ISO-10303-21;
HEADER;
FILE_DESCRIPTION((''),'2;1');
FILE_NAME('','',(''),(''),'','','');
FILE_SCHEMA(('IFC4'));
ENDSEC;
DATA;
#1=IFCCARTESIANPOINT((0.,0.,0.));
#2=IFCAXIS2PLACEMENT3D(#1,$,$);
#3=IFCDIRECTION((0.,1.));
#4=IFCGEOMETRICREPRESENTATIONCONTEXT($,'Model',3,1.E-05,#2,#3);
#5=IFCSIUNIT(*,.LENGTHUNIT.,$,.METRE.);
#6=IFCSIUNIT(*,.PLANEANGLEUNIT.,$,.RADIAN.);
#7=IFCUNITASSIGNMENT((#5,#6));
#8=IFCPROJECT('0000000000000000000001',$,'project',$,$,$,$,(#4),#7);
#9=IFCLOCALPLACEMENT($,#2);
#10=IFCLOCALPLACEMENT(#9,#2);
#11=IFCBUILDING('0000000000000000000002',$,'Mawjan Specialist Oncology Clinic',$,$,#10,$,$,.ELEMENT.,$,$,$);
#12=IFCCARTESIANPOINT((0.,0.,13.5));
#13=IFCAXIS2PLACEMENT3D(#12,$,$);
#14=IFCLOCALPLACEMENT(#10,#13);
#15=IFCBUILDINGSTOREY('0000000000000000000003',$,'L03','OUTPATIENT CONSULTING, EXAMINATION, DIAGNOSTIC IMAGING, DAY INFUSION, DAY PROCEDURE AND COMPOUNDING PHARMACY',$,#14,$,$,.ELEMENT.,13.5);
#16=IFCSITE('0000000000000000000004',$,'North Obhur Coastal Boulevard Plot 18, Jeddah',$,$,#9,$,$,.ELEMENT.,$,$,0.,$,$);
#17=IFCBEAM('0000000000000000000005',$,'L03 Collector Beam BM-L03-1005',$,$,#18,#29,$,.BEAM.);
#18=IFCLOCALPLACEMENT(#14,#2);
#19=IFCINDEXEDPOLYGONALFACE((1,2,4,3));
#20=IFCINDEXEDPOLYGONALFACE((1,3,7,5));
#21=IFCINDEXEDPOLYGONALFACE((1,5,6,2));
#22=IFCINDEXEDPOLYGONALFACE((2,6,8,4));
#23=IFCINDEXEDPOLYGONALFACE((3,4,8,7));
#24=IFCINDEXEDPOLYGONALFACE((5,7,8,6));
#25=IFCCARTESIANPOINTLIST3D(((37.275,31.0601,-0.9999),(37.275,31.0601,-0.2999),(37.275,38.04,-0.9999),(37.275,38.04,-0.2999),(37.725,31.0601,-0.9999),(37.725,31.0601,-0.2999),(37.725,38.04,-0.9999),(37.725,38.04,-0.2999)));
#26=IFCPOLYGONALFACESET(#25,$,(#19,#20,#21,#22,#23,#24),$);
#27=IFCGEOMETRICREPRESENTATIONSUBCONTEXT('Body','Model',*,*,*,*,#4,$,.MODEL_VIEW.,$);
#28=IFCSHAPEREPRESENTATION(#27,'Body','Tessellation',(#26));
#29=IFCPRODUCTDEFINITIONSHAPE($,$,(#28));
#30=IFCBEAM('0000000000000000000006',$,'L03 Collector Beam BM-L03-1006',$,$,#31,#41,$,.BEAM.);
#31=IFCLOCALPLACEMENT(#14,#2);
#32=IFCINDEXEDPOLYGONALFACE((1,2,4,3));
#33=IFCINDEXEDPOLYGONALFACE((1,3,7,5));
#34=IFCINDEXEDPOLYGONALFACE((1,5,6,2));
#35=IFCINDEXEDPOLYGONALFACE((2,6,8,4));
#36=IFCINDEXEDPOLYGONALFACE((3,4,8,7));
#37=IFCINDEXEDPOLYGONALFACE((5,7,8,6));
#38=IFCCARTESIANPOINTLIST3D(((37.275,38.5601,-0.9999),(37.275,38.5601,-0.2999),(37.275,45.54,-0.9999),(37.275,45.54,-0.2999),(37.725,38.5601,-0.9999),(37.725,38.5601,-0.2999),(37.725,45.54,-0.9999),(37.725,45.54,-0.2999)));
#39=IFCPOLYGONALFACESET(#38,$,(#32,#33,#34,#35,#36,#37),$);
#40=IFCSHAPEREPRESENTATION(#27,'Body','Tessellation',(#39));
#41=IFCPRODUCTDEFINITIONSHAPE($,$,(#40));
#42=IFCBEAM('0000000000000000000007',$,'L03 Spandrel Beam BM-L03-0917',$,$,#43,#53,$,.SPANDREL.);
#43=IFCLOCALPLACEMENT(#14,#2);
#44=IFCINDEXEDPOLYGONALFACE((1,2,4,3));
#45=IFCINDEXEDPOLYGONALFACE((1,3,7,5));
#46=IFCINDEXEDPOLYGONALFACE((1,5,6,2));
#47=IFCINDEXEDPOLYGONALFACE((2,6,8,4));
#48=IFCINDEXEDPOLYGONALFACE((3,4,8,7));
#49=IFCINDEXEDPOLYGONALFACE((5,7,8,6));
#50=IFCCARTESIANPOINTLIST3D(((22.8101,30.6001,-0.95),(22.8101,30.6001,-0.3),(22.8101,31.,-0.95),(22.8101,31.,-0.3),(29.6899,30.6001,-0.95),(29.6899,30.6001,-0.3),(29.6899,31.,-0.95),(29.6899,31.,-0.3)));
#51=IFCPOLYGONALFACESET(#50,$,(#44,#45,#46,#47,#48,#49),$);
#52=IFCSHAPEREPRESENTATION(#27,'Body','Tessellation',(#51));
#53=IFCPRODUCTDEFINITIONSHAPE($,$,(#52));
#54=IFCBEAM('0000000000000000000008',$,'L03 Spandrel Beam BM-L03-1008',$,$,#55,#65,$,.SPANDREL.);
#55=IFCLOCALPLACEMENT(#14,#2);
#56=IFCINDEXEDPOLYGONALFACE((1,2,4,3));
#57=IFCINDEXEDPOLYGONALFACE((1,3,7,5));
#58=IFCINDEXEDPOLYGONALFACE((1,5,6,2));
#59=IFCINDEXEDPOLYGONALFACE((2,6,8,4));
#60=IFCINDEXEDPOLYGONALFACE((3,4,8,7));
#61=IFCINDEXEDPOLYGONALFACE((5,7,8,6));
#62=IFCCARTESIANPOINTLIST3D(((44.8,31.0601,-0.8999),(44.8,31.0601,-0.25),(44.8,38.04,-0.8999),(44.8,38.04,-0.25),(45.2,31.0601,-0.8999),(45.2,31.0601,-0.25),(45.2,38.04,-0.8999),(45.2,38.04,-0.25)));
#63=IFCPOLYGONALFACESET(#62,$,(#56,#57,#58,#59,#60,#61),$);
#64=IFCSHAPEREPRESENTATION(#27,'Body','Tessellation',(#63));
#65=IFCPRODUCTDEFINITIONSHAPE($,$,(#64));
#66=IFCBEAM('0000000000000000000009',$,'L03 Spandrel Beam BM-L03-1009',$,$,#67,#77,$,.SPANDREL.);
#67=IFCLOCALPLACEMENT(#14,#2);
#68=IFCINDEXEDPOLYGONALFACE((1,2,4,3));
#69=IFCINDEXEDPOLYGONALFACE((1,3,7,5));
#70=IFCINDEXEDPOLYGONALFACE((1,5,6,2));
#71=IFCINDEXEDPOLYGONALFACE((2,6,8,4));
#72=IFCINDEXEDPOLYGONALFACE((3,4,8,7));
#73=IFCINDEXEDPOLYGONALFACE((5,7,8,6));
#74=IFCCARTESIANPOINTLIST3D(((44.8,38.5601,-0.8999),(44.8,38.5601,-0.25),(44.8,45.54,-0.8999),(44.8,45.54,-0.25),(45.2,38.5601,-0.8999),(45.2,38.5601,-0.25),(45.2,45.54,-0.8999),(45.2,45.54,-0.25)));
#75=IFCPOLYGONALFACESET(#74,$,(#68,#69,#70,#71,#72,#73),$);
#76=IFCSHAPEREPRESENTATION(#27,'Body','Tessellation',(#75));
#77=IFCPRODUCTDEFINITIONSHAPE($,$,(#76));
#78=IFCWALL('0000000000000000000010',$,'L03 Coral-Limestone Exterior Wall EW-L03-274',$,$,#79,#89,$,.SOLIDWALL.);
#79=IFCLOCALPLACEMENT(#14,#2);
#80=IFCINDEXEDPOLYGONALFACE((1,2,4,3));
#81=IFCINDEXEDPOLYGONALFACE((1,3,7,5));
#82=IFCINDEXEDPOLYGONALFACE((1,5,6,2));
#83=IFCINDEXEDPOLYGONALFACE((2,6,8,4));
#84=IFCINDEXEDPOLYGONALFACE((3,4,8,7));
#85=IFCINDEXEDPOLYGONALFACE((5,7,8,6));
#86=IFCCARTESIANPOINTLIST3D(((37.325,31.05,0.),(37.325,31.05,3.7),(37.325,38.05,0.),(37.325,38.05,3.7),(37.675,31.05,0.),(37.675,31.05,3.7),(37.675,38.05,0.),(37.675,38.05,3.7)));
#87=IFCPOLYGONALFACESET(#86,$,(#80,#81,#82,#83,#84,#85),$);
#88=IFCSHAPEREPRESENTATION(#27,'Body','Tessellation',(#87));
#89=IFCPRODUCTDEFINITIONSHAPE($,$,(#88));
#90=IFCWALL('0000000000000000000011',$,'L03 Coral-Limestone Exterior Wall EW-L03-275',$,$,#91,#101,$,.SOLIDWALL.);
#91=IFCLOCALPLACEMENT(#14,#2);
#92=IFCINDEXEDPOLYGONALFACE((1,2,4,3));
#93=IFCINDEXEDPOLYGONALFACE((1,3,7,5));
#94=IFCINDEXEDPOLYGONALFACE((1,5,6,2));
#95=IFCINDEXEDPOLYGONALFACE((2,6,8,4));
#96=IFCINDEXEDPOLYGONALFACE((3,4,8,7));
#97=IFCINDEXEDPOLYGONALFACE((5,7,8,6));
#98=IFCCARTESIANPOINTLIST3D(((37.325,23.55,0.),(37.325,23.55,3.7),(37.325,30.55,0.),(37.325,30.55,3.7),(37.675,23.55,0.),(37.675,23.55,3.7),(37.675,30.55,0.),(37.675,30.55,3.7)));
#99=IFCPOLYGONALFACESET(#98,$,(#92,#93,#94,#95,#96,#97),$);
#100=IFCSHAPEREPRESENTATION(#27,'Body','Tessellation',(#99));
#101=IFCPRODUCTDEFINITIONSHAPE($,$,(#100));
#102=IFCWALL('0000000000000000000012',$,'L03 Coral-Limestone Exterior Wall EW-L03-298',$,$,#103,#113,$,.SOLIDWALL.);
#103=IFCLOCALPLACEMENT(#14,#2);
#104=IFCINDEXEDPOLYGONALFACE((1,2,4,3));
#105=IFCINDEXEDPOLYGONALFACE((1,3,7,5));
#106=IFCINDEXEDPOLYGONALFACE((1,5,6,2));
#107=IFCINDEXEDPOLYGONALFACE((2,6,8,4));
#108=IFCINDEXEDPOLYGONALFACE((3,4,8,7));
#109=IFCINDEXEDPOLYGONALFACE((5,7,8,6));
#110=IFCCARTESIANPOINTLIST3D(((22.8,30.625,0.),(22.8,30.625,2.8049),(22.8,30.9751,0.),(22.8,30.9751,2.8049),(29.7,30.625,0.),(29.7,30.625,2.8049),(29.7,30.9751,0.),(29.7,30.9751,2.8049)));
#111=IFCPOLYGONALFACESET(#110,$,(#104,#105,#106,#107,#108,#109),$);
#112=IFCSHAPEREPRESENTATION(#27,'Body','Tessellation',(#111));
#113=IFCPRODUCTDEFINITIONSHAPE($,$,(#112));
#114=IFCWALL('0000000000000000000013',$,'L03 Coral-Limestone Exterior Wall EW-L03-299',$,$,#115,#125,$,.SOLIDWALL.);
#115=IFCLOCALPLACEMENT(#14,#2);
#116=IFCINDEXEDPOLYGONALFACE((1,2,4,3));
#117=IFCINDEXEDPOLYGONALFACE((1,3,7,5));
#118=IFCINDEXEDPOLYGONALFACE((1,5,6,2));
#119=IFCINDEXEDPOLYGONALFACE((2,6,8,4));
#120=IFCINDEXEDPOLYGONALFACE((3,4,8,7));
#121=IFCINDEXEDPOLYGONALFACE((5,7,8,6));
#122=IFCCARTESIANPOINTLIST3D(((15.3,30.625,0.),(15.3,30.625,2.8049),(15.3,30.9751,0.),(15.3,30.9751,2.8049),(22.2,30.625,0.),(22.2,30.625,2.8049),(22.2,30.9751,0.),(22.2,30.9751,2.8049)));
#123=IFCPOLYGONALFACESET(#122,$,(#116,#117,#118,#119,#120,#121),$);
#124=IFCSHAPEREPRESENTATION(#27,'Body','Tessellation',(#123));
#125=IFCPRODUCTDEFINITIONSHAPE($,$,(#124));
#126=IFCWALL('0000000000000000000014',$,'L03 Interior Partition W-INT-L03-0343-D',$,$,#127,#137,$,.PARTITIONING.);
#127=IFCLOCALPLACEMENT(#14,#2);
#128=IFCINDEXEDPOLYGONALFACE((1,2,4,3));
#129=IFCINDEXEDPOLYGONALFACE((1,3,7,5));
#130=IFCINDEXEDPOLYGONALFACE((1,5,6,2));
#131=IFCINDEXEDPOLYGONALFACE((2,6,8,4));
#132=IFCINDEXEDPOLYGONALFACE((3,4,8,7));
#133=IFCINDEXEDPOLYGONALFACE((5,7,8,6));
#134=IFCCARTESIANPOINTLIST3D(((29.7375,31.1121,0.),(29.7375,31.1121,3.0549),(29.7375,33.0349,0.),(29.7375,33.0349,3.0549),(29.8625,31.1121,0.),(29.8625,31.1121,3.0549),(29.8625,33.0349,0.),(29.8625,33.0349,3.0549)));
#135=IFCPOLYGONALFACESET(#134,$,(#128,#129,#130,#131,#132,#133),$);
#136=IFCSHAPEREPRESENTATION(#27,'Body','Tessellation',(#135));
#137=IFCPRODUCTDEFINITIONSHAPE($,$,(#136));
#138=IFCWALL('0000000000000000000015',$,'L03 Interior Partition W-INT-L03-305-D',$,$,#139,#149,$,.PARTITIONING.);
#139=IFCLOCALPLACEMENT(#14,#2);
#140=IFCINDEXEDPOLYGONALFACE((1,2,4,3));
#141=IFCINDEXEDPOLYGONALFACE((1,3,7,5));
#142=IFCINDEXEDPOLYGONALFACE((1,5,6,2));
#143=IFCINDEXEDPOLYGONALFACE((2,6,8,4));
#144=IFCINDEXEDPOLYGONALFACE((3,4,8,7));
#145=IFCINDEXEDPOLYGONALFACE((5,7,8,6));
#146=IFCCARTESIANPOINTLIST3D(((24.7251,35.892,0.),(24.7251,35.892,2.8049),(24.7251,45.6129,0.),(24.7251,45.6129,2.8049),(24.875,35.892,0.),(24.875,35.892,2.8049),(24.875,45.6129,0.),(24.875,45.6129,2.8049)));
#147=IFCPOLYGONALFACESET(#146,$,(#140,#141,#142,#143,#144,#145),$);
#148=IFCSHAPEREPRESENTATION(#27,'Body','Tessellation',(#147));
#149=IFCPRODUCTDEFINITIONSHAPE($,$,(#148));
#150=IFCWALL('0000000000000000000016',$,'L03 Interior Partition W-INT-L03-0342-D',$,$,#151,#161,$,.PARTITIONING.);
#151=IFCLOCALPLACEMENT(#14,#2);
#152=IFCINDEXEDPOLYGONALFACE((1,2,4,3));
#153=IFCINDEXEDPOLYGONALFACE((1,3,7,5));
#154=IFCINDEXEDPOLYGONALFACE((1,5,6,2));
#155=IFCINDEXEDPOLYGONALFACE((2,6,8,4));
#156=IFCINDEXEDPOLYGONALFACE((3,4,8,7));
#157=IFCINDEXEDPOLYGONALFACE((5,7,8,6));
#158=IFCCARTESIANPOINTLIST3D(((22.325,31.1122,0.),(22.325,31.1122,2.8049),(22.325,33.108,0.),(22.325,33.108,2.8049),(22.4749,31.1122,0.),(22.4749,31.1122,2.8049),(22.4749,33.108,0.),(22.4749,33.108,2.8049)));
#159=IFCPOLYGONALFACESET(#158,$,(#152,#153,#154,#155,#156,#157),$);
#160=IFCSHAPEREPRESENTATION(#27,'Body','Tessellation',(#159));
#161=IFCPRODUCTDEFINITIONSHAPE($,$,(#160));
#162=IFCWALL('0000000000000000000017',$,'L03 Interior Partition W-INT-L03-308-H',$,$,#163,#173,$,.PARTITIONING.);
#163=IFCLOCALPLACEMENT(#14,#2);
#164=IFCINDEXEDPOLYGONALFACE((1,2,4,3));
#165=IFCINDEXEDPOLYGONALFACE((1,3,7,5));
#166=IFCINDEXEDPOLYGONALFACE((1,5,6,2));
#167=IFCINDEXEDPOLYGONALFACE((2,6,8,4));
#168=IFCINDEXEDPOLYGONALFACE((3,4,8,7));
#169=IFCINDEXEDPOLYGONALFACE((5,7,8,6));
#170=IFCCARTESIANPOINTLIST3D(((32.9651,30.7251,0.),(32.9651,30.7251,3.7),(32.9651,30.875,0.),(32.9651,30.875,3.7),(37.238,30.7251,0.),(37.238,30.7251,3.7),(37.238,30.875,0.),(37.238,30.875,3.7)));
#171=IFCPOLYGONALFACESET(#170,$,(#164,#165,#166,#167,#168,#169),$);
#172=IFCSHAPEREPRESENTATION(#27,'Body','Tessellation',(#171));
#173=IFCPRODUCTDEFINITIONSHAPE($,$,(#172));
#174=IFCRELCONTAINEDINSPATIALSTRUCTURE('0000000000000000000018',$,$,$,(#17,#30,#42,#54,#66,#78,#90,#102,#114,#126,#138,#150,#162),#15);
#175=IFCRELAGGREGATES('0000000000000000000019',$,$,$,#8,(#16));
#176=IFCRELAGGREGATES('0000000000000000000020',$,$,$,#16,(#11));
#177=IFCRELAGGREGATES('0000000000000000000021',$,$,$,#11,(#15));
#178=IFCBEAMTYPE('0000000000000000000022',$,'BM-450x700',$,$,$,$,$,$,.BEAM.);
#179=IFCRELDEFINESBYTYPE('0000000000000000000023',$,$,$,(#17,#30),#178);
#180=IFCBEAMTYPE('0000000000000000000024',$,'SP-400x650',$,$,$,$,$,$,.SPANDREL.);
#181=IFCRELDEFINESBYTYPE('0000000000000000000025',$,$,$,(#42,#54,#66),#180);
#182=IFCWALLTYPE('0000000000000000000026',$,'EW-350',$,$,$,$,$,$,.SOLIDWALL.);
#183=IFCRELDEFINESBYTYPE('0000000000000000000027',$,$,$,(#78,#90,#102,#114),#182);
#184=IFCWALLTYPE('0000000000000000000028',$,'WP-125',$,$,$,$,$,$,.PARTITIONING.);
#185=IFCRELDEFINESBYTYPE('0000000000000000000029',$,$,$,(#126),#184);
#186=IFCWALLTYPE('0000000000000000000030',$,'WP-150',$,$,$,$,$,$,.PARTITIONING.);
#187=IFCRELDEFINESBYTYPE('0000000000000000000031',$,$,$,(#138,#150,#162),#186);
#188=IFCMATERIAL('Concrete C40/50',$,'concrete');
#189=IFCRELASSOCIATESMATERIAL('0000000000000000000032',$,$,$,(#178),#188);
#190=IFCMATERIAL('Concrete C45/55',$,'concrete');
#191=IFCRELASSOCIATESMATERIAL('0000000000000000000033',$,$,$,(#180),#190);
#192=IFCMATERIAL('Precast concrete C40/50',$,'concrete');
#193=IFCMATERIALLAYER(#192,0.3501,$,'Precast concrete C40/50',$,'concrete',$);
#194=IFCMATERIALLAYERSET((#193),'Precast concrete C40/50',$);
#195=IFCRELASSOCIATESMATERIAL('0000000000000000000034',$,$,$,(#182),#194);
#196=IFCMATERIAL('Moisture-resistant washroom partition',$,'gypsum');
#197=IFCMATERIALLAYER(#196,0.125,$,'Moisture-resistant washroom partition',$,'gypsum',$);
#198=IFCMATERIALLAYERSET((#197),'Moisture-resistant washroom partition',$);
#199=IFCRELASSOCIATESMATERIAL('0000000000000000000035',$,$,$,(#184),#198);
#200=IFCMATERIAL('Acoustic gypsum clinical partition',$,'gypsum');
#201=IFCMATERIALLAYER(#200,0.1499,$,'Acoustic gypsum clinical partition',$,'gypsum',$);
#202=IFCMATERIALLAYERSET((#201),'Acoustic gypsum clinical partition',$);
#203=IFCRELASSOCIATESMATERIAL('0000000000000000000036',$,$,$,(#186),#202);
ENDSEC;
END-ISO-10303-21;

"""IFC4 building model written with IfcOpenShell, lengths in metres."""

from ifc_helpers import new_model, si_unit, direction, frame, frame_2d, origin, origin_2d, place, context, subcontext, project, spatial, rectangle, extrude, material, layer, layer_set, material_profile, profile_set, type_object, element, save


model = new_model("IFC4")

# Units and contexts
model_context = context("Model", 3, precision=1e-05, world=origin(), true_north=direction((0.0, 1.0)))
body_context = subcontext(model_context, "Body", "Model", "MODEL_VIEW")
ifc_project = project(units=[si_unit("LENGTHUNIT", "METRE"), si_unit("PLANEANGLEUNIT", "RADIAN")], contexts=[model_context])

# Site, building, storey
site_placement = place(None, origin())
site = spatial("IfcSite", under=ifc_project, at=site_placement, Name="North Obhur Coastal Boulevard Plot 18, Jeddah", CompositionType="ELEMENT", RefElevation=0.0)
building_placement = place(site_placement, origin())
building = spatial("IfcBuilding", under=site, at=building_placement, Name="Mawjan Specialist Oncology Clinic", CompositionType="ELEMENT")
storey_placement = place(building_placement, frame((0.0, 0.0, 13.5)))
storey = spatial("IfcBuildingStorey", under=building, at=storey_placement, Name="L03", Description="OUTPATIENT CONSULTING, EXAMINATION, DIAGNOSTIC IMAGING, DAY INFUSION, DAY PROCEDURE AND COMPOUNDING PHARMACY", CompositionType="ELEMENT", Elevation=13.5)

# Beams
ifc_material_1 = material(Name="Concrete C40/50", Category="concrete")
ifc_material_profile_1 = material_profile(ifc_material_1, rectangle(XDim=0.45, YDim=0.7, at=origin_2d()), Name="RC BM 450x700", Category="concrete")
ifc_profile_set_1 = profile_set([ifc_material_profile_1], Name="Concrete C40/50")
beam_type_1 = type_object("IfcBeamType", Name="BM-450x700", PredefinedType="BEAM", material=ifc_profile_set_1)
for number, where, z_axis, x_axis, name in (
    (1, (37.5, 31.0601, -0.6499), (0.0, 1.0, 0.0), (-1.0, 0.0, 0.0), "L03 Collector Beam BM-L03-1005"),
    (2, (37.5, 38.5601, -0.6499), (0.0, 1.0, 0.0), (-1.0, 0.0, 0.0), "L03 Collector Beam BM-L03-1006"),
):
    element("IfcBeam", number, at=place(storey_placement, frame(where, z_axis=z_axis, x_axis=x_axis)), inside=storey, type_object=beam_type_1, Name=name, PredefinedType="BEAM", context=body_context, shape_type="SweptSolid", body=[
        extrude(rectangle(XDim=0.45, YDim=0.7, at=origin_2d()), origin(), (0.0, 0.0, 1.0), 6.98),
    ])
ifc_material_2 = material(Name="Concrete C45/55", Category="concrete")
ifc_material_profile_2 = material_profile(ifc_material_2, rectangle(XDim=0.3999, YDim=0.6499, at=origin_2d()), Name="RC BM 400x650", Category="concrete")
ifc_profile_set_2 = profile_set([ifc_material_profile_2], Name="Concrete C45/55")
beam_type_2 = type_object("IfcBeamType", Name="SP-400x650", PredefinedType="SPANDREL", material=ifc_profile_set_2)
beam_1_placement = place(storey_placement, frame((22.8101, 30.8, -0.625), z_axis=(1.0, 0.0, 0.0), x_axis=(0.0, 1.0, 0.0)))
element("IfcBeam", 3, at=beam_1_placement, inside=storey, type_object=beam_type_2, Name="L03 Spandrel Beam BM-L03-0917", PredefinedType="SPANDREL", context=body_context, shape_type="SweptSolid", body=[
    extrude(rectangle(XDim=0.3999, YDim=0.6499, at=origin_2d()), origin(), (0.0, 0.0, 1.0), 6.8799),
])
for number, where, z_axis, x_axis, name in (
    (4, (45.0, 31.0601, -0.575), (0.0, 1.0, 0.0), (-1.0, 0.0, 0.0), "L03 Spandrel Beam BM-L03-1008"),
    (5, (45.0, 38.5601, -0.575), (0.0, 1.0, 0.0), (-1.0, 0.0, 0.0), "L03 Spandrel Beam BM-L03-1009"),
):
    element("IfcBeam", number, at=place(storey_placement, frame(where, z_axis=z_axis, x_axis=x_axis)), inside=storey, type_object=beam_type_2, Name=name, PredefinedType="SPANDREL", context=body_context, shape_type="SweptSolid", body=[
        extrude(rectangle(XDim=0.3999, YDim=0.6499, at=origin_2d()), origin(), (0.0, 0.0, 1.0), 6.98),
    ])

# Walls
ifc_material_3 = material(Name="Precast concrete C40/50", Category="concrete")
ifc_layer_1 = layer(ifc_material_3, 0.3501, Name="Precast concrete C40/50", Category="concrete")
ifc_layer_set_1 = layer_set([ifc_layer_1], Name="Precast concrete C40/50")
wall_type_1 = type_object("IfcWallType", Name="EW-350", PredefinedType="SOLIDWALL", material=ifc_layer_set_1)
for number, where, z_axis, x_axis, name in (
    (6, (37.5, 38.05, 0.0), (0.0, 0.0, 1.0), (0.0, -1.0, 0.0), "L03 Coral-Limestone Exterior Wall EW-L03-274"),
    (7, (37.5, 30.55, 0.0), (0.0, 0.0, 1.0), (0.0, -1.0, 0.0), "L03 Coral-Limestone Exterior Wall EW-L03-275"),
):
    element("IfcWall", number, at=place(storey_placement, frame(where, z_axis=z_axis, x_axis=x_axis)), inside=storey, type_object=wall_type_1, Name=name, PredefinedType="SOLIDWALL", context=body_context, shape_type="SweptSolid", body=[
        extrude(rectangle(XDim=7.0, YDim=0.3501, at=frame_2d((3.5, 0.0))), origin(), (0.0, 0.0, 1.0), 3.7),
    ])
for number, where, z_axis, x_axis, name in (
    (8, (29.7, 30.8, 0.0), (0.0, 0.0, 1.0), (-1.0, 0.0, 0.0), "L03 Coral-Limestone Exterior Wall EW-L03-298"),
    (9, (22.2, 30.8, 0.0), (0.0, 0.0, 1.0), (-1.0, 0.0, 0.0), "L03 Coral-Limestone Exterior Wall EW-L03-299"),
):
    element("IfcWall", number, at=place(storey_placement, frame(where, z_axis=z_axis, x_axis=x_axis)), inside=storey, type_object=wall_type_1, Name=name, PredefinedType="SOLIDWALL", context=body_context, shape_type="SweptSolid", body=[
        extrude(rectangle(XDim=6.8999, YDim=0.3501, at=frame_2d((3.45, 0.0))), origin(), (0.0, 0.0, 1.0), 2.8049),
    ])
ifc_material_4 = material(Name="Moisture-resistant washroom partition", Category="gypsum")
ifc_layer_2 = layer(ifc_material_4, 0.125, Name="Moisture-resistant washroom partition", Category="gypsum")
ifc_layer_set_2 = layer_set([ifc_layer_2], Name="Moisture-resistant washroom partition")
wall_type_2 = type_object("IfcWallType", Name="WP-125", PredefinedType="PARTITIONING", material=ifc_layer_set_2)
wall_1_placement = place(storey_placement, frame((29.8, 31.1121, 0.0), z_axis=(0.0, 0.0, 1.0), x_axis=(0.0, 1.0, 0.0)))
element("IfcWall", 10, at=wall_1_placement, inside=storey, type_object=wall_type_2, Name="L03 Interior Partition W-INT-L03-0343-D", PredefinedType="PARTITIONING", context=body_context, shape_type="SweptSolid", body=[
    extrude(rectangle(XDim=1.9229, YDim=0.125, at=frame_2d((0.9614, 0.0))), origin(), (0.0, 0.0, 1.0), 3.0549),
])
ifc_material_5 = material(Name="Acoustic gypsum clinical partition", Category="gypsum")
ifc_layer_3 = layer(ifc_material_5, 0.1499, Name="Acoustic gypsum clinical partition", Category="gypsum")
ifc_layer_set_3 = layer_set([ifc_layer_3], Name="Acoustic gypsum clinical partition")
wall_type_3 = type_object("IfcWallType", Name="WP-150", PredefinedType="PARTITIONING", material=ifc_layer_set_3)
wall_2_placement = place(storey_placement, frame((24.8, 35.8921, 0.0), z_axis=(0.0, 0.0, 1.0), x_axis=(0.0, 1.0, 0.0)))
element("IfcWall", 11, at=wall_2_placement, inside=storey, type_object=wall_type_3, Name="L03 Interior Partition W-INT-L03-305-D", PredefinedType="PARTITIONING", context=body_context, shape_type="SweptSolid", body=[
    extrude(rectangle(XDim=9.7209, YDim=0.1499, at=frame_2d((4.8604, 0.0))), origin(), (0.0, 0.0, 1.0), 2.8049),
])
wall_3_placement = place(storey_placement, frame((22.3999, 31.1121, 0.0), z_axis=(0.0, 0.0, 1.0), x_axis=(0.0, 1.0, 0.0)))
element("IfcWall", 12, at=wall_3_placement, inside=storey, type_object=wall_type_3, Name="L03 Interior Partition W-INT-L03-0342-D", PredefinedType="PARTITIONING", context=body_context, shape_type="SweptSolid", body=[
    extrude(rectangle(XDim=1.9958, YDim=0.1499, at=frame_2d((0.998, 0.0))), origin(), (0.0, 0.0, 1.0), 2.8049),
])
wall_4_placement = place(storey_placement, frame((32.9651, 30.8, 0.0), z_axis=(0.0, 0.0, 1.0), x_axis=(1.0, 0.0, 0.0)))
element("IfcWall", 13, at=wall_4_placement, inside=storey, type_object=wall_type_3, Name="L03 Interior Partition W-INT-L03-308-H", PredefinedType="PARTITIONING", context=body_context, shape_type="SweptSolid", body=[
    extrude(rectangle(XDim=4.2729, YDim=0.1499, at=frame_2d((2.1365, 0.0))), origin(), (0.0, 0.0, 1.0), 3.7),
])

save(model, "model.ifc")
